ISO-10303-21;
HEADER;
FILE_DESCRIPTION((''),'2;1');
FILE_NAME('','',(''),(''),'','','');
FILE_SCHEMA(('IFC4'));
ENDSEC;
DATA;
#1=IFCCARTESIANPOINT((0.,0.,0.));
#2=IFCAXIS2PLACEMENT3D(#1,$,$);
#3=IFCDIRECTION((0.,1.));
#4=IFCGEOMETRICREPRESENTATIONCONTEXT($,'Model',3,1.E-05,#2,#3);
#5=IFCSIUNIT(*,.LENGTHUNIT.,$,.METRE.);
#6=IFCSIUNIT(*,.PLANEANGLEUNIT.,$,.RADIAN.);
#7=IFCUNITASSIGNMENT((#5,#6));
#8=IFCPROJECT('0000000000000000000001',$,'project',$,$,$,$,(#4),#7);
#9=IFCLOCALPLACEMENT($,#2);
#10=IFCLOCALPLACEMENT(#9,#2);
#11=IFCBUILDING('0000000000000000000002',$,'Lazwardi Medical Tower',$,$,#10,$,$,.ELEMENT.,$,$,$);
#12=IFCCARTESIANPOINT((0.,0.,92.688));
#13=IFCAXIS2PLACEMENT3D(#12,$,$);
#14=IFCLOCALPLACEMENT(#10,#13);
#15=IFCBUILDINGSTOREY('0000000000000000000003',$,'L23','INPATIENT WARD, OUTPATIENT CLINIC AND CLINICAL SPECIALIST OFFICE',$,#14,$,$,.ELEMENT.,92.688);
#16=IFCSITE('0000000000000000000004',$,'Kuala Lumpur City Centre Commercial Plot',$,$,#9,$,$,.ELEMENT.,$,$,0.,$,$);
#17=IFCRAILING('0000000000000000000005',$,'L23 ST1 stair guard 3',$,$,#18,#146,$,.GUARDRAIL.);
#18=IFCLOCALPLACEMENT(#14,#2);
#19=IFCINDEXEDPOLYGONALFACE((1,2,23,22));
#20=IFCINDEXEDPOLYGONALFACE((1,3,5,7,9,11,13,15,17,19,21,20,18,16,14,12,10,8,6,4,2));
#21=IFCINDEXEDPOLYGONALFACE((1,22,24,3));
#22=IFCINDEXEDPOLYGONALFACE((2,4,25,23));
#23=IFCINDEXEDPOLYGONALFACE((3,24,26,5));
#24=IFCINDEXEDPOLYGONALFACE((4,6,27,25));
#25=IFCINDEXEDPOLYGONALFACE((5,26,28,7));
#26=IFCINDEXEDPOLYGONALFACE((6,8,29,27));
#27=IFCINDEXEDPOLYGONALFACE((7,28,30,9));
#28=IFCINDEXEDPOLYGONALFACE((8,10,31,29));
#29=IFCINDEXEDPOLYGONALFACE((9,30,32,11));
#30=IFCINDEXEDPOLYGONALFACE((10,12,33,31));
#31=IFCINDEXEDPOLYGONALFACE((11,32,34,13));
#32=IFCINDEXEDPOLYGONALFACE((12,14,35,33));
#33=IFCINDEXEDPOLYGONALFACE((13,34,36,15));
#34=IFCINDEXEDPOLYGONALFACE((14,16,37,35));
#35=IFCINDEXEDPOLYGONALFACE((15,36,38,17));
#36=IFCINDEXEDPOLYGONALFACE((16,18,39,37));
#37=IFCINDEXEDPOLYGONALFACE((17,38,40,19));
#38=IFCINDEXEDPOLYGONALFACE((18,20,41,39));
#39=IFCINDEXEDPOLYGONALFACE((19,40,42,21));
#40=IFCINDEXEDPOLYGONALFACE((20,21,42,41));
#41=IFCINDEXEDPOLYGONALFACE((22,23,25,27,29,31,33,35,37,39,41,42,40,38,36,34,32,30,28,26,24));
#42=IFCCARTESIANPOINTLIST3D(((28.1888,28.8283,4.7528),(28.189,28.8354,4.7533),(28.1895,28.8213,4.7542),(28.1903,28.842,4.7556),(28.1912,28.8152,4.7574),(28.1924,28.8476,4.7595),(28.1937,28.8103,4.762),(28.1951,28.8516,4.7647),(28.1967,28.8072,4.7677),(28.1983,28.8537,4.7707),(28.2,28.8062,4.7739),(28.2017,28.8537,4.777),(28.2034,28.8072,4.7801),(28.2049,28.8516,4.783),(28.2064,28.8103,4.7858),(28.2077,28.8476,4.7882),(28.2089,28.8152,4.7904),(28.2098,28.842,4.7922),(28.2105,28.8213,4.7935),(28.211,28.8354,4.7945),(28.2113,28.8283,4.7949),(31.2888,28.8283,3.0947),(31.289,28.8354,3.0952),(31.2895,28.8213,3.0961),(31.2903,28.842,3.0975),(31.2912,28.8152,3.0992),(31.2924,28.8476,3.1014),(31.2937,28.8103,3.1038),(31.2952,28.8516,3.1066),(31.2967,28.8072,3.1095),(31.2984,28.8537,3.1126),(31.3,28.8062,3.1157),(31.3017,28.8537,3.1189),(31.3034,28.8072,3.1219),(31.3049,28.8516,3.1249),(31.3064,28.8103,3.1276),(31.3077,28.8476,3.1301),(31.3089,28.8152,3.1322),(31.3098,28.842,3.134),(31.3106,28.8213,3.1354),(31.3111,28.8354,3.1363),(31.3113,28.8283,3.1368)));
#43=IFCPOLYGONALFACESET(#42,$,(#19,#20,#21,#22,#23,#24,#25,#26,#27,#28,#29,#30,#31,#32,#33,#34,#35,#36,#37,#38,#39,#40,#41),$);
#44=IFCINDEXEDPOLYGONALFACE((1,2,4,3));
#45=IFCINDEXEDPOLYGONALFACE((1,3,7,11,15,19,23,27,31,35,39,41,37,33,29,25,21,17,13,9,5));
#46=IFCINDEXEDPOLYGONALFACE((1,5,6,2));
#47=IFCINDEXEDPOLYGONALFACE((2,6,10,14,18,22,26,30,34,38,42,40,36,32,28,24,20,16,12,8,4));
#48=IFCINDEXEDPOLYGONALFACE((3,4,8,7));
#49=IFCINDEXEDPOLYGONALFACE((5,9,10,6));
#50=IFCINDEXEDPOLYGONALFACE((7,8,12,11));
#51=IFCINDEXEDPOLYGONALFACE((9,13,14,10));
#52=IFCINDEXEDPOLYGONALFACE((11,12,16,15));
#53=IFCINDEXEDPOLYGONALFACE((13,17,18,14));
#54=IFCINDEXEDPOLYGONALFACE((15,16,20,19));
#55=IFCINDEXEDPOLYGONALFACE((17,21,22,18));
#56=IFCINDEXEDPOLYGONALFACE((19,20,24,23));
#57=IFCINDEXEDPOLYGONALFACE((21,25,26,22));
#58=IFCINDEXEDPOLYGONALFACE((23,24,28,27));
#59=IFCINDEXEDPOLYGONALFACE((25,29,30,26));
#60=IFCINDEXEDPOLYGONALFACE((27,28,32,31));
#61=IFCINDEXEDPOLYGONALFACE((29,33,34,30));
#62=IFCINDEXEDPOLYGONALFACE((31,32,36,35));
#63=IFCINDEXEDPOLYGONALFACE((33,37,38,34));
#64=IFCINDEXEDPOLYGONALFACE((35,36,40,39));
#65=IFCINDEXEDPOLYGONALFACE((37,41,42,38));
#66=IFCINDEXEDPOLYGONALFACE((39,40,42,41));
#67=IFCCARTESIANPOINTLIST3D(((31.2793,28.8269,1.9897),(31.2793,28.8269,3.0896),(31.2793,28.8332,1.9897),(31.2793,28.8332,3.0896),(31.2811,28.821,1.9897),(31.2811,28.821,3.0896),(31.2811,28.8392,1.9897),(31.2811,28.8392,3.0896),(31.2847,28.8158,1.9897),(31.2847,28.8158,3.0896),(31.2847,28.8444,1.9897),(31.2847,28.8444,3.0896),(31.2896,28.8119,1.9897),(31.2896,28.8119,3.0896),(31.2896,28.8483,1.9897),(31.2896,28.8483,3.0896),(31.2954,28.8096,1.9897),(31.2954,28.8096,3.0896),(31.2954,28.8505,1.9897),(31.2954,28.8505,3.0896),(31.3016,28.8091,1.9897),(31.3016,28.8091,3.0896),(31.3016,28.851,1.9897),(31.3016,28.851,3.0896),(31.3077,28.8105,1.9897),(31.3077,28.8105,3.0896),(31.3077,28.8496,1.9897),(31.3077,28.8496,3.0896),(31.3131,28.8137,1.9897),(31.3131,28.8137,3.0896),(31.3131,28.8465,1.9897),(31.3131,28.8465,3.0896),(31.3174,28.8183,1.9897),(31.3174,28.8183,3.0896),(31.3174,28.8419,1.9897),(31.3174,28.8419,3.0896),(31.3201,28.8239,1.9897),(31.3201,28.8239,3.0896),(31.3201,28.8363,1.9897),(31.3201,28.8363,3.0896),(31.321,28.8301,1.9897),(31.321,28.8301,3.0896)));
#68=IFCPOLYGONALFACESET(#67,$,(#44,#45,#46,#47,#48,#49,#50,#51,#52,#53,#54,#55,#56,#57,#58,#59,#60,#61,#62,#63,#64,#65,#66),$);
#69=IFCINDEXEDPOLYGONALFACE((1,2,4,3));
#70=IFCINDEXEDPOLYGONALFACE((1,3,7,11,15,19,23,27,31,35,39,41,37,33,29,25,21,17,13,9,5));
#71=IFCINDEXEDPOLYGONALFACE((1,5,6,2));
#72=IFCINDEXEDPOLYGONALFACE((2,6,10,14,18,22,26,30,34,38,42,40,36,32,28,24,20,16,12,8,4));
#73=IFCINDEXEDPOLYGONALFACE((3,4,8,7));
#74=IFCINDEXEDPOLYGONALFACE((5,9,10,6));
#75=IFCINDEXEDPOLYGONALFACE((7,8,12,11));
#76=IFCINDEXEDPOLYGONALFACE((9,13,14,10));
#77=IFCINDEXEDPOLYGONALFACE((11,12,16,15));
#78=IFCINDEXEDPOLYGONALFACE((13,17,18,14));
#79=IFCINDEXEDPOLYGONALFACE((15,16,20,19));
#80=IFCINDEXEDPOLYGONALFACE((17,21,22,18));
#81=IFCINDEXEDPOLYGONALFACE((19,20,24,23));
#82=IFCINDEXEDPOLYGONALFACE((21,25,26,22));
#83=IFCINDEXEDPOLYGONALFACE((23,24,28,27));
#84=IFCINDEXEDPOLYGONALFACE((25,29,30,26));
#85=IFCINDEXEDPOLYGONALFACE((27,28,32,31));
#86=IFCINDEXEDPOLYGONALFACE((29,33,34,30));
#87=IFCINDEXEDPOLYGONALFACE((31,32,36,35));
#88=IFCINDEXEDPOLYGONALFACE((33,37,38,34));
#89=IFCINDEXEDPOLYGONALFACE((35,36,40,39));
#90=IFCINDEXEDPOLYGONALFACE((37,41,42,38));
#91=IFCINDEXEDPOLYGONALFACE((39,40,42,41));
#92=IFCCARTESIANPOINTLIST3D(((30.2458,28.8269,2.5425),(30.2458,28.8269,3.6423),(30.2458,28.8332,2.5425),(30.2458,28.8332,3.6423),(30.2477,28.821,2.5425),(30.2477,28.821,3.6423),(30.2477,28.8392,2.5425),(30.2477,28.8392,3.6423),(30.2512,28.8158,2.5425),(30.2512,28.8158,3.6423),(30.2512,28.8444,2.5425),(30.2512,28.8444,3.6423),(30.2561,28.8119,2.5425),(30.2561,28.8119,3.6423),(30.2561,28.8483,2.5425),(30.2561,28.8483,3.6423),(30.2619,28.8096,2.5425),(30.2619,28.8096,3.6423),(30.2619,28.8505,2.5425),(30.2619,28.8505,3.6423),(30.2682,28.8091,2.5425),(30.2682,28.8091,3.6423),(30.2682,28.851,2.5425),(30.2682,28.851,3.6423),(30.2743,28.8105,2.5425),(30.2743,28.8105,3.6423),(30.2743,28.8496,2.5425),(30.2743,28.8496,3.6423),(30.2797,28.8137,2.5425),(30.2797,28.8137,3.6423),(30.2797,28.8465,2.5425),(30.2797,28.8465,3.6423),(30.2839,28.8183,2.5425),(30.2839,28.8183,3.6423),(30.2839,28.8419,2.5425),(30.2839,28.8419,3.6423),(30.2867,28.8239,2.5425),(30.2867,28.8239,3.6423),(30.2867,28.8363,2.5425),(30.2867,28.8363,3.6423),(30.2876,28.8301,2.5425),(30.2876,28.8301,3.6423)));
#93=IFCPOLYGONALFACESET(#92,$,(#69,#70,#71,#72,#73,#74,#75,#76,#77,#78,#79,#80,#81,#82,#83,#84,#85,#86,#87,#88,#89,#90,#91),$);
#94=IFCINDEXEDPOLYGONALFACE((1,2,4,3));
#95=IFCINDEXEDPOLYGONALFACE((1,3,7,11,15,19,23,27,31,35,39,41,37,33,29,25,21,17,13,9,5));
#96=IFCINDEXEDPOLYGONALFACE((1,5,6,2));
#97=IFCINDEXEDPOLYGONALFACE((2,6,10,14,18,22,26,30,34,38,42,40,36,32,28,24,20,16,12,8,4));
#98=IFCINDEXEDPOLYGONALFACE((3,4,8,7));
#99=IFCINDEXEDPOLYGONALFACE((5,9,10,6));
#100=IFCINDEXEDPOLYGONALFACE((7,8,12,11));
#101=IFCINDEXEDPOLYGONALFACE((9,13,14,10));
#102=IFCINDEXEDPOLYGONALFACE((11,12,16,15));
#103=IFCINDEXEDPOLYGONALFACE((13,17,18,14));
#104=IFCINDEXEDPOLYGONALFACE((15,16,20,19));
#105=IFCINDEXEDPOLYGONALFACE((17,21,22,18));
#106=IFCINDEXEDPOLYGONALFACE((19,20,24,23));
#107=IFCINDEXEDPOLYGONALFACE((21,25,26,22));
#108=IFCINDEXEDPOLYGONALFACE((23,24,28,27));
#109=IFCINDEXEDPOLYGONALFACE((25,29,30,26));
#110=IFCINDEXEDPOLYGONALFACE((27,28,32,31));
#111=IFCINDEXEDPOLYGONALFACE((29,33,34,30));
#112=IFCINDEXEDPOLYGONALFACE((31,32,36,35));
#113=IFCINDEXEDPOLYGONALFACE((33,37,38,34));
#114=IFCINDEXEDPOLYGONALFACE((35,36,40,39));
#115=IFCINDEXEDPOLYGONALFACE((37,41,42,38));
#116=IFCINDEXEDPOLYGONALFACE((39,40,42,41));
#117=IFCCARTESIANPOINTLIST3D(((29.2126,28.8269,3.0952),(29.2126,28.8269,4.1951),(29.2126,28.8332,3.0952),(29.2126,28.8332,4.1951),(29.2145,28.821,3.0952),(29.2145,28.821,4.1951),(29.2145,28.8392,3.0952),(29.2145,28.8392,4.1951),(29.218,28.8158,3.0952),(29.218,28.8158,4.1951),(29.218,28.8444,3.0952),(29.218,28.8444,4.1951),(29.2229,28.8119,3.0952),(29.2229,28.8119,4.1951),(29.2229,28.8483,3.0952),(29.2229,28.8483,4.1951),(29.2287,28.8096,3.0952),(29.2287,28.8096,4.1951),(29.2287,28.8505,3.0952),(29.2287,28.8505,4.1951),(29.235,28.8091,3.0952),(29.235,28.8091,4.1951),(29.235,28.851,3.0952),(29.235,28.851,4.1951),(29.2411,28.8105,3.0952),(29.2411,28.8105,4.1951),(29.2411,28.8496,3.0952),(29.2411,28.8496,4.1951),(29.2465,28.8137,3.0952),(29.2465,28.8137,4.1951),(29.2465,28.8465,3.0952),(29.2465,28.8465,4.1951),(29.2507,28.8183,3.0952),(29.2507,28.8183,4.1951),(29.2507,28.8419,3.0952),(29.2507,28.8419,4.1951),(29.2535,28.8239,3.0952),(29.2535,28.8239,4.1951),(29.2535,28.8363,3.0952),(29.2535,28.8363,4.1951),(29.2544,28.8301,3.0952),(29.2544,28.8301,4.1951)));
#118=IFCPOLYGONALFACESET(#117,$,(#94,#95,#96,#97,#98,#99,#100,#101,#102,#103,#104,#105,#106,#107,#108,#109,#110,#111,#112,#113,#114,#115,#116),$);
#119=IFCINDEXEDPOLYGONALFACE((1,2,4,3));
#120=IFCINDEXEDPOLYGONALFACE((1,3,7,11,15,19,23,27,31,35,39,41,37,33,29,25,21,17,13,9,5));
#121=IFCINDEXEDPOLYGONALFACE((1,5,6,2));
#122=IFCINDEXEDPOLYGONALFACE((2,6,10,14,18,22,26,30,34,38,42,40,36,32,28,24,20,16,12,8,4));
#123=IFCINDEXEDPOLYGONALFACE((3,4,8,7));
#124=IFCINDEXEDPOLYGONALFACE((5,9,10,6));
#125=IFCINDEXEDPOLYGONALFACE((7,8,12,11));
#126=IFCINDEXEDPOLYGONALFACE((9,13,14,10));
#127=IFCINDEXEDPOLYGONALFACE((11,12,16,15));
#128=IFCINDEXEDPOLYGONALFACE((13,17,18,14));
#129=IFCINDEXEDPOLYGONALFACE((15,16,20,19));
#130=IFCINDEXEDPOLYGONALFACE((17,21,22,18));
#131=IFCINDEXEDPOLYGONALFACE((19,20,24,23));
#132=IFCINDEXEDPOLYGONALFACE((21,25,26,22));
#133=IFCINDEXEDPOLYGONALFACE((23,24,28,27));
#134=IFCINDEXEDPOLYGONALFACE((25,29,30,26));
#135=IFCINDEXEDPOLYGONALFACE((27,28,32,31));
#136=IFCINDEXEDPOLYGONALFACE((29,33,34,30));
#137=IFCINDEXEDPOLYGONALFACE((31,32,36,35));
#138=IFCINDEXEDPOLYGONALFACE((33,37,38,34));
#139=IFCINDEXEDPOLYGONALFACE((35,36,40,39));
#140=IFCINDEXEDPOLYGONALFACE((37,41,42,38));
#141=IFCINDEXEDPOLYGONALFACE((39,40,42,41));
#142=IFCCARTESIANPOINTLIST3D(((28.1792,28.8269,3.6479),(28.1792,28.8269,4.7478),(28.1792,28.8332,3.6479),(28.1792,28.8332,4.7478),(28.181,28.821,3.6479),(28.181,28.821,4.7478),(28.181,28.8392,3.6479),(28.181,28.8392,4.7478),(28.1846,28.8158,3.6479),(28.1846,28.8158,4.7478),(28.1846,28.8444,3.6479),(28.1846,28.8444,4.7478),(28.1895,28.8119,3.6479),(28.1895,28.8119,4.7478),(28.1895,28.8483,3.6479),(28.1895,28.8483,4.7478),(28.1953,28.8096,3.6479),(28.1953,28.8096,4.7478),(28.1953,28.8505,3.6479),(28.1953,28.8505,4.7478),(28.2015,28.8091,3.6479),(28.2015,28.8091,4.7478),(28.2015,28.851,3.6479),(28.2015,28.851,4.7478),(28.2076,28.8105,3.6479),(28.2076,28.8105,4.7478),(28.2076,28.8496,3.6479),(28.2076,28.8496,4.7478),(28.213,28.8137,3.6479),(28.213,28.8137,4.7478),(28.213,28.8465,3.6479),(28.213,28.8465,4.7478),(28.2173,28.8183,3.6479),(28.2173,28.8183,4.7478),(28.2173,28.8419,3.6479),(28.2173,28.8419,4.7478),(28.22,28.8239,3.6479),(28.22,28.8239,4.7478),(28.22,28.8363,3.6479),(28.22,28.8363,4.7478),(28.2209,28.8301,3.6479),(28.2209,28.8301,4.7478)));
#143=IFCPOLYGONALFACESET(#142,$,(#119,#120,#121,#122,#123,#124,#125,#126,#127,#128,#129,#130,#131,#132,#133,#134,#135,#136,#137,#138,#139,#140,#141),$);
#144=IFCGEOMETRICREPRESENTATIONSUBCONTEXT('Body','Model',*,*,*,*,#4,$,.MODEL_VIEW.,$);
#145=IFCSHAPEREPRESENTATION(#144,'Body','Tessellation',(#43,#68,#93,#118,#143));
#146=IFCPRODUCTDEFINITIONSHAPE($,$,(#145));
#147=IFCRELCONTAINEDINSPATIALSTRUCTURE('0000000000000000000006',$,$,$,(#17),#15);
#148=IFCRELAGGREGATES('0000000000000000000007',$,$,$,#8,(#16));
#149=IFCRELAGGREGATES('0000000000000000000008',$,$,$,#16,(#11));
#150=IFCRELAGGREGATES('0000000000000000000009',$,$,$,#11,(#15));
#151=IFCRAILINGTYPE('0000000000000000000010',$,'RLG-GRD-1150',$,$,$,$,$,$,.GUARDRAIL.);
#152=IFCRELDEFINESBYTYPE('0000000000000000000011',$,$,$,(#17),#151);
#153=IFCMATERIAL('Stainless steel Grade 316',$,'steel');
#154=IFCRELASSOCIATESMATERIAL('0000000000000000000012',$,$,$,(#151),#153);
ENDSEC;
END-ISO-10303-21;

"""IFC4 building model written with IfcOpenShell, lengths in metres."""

from ifc_helpers import new_model, si_unit, direction, frame, origin, origin_2d, place, context, subcontext, project, spatial, circle, extrude, material, type_object, element, save


model = new_model("IFC4")

# Units and contexts
model_context = context("Model", 3, precision=1e-05, world=origin(), true_north=direction((0.0, 1.0)))
body_context = subcontext(model_context, "Body", "Model", "MODEL_VIEW")
ifc_project = project(units=[si_unit("LENGTHUNIT", "METRE"), si_unit("PLANEANGLEUNIT", "RADIAN")], contexts=[model_context])

# Site, building, storey
site_placement = place(None, origin())
site = spatial("IfcSite", under=ifc_project, at=site_placement, Name="Kuala Lumpur City Centre Commercial Plot", CompositionType="ELEMENT", RefElevation=0.0)
building_placement = place(site_placement, origin())
building = spatial("IfcBuilding", under=site, at=building_placement, Name="Lazwardi Medical Tower", CompositionType="ELEMENT")
storey_placement = place(building_placement, frame((0.0, 0.0, 92.688)))
storey = spatial("IfcBuildingStorey", under=building, at=storey_placement, Name="L23", Description="INPATIENT WARD, OUTPATIENT CLINIC AND CLINICAL SPECIALIST OFFICE", CompositionType="ELEMENT", Elevation=92.688)

# Railing
ifc_material_1 = material(Name="Stainless steel Grade 316", Category="steel")
railing_type_1 = type_object("IfcRailingType", Name="RLG-GRD-1150", PredefinedType="GUARDRAIL", material=ifc_material_1)
railing_1_placement = place(storey_placement, frame((31.3, 28.8301, 1.9897)))
element("IfcRailing", 1, at=railing_1_placement, inside=storey, type_object=railing_type_1, Name="L23 ST1 stair guard 3", PredefinedType="GUARDRAIL", context=body_context, shape_type="SweptSolid", body=[
    extrude(circle(Radius=0.0239, at=origin_2d()), frame((0.0, 0.0, 1.126), z_axis=(-0.881783, 0.0, 0.471655), x_axis=(0.0, -1.0, 0.0)), (0.0, 0.0, 1.0), 3.5156),
    extrude(circle(Radius=0.021, at=origin_2d()), origin(), (0.0, 0.0, 1.0), 1.0999),
    extrude(circle(Radius=0.021, at=origin_2d()), frame((-1.0334, 0.0, 0.5527)), (0.0, 0.0, 1.0), 1.0999),
    extrude(circle(Radius=0.021, at=origin_2d()), frame((-2.0667, 0.0, 1.1055)), (0.0, 0.0, 1.0), 1.0999),
    extrude(circle(Radius=0.021, at=origin_2d()), frame((-3.1001, 0.0, 1.6582)), (0.0, 0.0, 1.0), 1.0999),
])

save(model, "model.ifc")
